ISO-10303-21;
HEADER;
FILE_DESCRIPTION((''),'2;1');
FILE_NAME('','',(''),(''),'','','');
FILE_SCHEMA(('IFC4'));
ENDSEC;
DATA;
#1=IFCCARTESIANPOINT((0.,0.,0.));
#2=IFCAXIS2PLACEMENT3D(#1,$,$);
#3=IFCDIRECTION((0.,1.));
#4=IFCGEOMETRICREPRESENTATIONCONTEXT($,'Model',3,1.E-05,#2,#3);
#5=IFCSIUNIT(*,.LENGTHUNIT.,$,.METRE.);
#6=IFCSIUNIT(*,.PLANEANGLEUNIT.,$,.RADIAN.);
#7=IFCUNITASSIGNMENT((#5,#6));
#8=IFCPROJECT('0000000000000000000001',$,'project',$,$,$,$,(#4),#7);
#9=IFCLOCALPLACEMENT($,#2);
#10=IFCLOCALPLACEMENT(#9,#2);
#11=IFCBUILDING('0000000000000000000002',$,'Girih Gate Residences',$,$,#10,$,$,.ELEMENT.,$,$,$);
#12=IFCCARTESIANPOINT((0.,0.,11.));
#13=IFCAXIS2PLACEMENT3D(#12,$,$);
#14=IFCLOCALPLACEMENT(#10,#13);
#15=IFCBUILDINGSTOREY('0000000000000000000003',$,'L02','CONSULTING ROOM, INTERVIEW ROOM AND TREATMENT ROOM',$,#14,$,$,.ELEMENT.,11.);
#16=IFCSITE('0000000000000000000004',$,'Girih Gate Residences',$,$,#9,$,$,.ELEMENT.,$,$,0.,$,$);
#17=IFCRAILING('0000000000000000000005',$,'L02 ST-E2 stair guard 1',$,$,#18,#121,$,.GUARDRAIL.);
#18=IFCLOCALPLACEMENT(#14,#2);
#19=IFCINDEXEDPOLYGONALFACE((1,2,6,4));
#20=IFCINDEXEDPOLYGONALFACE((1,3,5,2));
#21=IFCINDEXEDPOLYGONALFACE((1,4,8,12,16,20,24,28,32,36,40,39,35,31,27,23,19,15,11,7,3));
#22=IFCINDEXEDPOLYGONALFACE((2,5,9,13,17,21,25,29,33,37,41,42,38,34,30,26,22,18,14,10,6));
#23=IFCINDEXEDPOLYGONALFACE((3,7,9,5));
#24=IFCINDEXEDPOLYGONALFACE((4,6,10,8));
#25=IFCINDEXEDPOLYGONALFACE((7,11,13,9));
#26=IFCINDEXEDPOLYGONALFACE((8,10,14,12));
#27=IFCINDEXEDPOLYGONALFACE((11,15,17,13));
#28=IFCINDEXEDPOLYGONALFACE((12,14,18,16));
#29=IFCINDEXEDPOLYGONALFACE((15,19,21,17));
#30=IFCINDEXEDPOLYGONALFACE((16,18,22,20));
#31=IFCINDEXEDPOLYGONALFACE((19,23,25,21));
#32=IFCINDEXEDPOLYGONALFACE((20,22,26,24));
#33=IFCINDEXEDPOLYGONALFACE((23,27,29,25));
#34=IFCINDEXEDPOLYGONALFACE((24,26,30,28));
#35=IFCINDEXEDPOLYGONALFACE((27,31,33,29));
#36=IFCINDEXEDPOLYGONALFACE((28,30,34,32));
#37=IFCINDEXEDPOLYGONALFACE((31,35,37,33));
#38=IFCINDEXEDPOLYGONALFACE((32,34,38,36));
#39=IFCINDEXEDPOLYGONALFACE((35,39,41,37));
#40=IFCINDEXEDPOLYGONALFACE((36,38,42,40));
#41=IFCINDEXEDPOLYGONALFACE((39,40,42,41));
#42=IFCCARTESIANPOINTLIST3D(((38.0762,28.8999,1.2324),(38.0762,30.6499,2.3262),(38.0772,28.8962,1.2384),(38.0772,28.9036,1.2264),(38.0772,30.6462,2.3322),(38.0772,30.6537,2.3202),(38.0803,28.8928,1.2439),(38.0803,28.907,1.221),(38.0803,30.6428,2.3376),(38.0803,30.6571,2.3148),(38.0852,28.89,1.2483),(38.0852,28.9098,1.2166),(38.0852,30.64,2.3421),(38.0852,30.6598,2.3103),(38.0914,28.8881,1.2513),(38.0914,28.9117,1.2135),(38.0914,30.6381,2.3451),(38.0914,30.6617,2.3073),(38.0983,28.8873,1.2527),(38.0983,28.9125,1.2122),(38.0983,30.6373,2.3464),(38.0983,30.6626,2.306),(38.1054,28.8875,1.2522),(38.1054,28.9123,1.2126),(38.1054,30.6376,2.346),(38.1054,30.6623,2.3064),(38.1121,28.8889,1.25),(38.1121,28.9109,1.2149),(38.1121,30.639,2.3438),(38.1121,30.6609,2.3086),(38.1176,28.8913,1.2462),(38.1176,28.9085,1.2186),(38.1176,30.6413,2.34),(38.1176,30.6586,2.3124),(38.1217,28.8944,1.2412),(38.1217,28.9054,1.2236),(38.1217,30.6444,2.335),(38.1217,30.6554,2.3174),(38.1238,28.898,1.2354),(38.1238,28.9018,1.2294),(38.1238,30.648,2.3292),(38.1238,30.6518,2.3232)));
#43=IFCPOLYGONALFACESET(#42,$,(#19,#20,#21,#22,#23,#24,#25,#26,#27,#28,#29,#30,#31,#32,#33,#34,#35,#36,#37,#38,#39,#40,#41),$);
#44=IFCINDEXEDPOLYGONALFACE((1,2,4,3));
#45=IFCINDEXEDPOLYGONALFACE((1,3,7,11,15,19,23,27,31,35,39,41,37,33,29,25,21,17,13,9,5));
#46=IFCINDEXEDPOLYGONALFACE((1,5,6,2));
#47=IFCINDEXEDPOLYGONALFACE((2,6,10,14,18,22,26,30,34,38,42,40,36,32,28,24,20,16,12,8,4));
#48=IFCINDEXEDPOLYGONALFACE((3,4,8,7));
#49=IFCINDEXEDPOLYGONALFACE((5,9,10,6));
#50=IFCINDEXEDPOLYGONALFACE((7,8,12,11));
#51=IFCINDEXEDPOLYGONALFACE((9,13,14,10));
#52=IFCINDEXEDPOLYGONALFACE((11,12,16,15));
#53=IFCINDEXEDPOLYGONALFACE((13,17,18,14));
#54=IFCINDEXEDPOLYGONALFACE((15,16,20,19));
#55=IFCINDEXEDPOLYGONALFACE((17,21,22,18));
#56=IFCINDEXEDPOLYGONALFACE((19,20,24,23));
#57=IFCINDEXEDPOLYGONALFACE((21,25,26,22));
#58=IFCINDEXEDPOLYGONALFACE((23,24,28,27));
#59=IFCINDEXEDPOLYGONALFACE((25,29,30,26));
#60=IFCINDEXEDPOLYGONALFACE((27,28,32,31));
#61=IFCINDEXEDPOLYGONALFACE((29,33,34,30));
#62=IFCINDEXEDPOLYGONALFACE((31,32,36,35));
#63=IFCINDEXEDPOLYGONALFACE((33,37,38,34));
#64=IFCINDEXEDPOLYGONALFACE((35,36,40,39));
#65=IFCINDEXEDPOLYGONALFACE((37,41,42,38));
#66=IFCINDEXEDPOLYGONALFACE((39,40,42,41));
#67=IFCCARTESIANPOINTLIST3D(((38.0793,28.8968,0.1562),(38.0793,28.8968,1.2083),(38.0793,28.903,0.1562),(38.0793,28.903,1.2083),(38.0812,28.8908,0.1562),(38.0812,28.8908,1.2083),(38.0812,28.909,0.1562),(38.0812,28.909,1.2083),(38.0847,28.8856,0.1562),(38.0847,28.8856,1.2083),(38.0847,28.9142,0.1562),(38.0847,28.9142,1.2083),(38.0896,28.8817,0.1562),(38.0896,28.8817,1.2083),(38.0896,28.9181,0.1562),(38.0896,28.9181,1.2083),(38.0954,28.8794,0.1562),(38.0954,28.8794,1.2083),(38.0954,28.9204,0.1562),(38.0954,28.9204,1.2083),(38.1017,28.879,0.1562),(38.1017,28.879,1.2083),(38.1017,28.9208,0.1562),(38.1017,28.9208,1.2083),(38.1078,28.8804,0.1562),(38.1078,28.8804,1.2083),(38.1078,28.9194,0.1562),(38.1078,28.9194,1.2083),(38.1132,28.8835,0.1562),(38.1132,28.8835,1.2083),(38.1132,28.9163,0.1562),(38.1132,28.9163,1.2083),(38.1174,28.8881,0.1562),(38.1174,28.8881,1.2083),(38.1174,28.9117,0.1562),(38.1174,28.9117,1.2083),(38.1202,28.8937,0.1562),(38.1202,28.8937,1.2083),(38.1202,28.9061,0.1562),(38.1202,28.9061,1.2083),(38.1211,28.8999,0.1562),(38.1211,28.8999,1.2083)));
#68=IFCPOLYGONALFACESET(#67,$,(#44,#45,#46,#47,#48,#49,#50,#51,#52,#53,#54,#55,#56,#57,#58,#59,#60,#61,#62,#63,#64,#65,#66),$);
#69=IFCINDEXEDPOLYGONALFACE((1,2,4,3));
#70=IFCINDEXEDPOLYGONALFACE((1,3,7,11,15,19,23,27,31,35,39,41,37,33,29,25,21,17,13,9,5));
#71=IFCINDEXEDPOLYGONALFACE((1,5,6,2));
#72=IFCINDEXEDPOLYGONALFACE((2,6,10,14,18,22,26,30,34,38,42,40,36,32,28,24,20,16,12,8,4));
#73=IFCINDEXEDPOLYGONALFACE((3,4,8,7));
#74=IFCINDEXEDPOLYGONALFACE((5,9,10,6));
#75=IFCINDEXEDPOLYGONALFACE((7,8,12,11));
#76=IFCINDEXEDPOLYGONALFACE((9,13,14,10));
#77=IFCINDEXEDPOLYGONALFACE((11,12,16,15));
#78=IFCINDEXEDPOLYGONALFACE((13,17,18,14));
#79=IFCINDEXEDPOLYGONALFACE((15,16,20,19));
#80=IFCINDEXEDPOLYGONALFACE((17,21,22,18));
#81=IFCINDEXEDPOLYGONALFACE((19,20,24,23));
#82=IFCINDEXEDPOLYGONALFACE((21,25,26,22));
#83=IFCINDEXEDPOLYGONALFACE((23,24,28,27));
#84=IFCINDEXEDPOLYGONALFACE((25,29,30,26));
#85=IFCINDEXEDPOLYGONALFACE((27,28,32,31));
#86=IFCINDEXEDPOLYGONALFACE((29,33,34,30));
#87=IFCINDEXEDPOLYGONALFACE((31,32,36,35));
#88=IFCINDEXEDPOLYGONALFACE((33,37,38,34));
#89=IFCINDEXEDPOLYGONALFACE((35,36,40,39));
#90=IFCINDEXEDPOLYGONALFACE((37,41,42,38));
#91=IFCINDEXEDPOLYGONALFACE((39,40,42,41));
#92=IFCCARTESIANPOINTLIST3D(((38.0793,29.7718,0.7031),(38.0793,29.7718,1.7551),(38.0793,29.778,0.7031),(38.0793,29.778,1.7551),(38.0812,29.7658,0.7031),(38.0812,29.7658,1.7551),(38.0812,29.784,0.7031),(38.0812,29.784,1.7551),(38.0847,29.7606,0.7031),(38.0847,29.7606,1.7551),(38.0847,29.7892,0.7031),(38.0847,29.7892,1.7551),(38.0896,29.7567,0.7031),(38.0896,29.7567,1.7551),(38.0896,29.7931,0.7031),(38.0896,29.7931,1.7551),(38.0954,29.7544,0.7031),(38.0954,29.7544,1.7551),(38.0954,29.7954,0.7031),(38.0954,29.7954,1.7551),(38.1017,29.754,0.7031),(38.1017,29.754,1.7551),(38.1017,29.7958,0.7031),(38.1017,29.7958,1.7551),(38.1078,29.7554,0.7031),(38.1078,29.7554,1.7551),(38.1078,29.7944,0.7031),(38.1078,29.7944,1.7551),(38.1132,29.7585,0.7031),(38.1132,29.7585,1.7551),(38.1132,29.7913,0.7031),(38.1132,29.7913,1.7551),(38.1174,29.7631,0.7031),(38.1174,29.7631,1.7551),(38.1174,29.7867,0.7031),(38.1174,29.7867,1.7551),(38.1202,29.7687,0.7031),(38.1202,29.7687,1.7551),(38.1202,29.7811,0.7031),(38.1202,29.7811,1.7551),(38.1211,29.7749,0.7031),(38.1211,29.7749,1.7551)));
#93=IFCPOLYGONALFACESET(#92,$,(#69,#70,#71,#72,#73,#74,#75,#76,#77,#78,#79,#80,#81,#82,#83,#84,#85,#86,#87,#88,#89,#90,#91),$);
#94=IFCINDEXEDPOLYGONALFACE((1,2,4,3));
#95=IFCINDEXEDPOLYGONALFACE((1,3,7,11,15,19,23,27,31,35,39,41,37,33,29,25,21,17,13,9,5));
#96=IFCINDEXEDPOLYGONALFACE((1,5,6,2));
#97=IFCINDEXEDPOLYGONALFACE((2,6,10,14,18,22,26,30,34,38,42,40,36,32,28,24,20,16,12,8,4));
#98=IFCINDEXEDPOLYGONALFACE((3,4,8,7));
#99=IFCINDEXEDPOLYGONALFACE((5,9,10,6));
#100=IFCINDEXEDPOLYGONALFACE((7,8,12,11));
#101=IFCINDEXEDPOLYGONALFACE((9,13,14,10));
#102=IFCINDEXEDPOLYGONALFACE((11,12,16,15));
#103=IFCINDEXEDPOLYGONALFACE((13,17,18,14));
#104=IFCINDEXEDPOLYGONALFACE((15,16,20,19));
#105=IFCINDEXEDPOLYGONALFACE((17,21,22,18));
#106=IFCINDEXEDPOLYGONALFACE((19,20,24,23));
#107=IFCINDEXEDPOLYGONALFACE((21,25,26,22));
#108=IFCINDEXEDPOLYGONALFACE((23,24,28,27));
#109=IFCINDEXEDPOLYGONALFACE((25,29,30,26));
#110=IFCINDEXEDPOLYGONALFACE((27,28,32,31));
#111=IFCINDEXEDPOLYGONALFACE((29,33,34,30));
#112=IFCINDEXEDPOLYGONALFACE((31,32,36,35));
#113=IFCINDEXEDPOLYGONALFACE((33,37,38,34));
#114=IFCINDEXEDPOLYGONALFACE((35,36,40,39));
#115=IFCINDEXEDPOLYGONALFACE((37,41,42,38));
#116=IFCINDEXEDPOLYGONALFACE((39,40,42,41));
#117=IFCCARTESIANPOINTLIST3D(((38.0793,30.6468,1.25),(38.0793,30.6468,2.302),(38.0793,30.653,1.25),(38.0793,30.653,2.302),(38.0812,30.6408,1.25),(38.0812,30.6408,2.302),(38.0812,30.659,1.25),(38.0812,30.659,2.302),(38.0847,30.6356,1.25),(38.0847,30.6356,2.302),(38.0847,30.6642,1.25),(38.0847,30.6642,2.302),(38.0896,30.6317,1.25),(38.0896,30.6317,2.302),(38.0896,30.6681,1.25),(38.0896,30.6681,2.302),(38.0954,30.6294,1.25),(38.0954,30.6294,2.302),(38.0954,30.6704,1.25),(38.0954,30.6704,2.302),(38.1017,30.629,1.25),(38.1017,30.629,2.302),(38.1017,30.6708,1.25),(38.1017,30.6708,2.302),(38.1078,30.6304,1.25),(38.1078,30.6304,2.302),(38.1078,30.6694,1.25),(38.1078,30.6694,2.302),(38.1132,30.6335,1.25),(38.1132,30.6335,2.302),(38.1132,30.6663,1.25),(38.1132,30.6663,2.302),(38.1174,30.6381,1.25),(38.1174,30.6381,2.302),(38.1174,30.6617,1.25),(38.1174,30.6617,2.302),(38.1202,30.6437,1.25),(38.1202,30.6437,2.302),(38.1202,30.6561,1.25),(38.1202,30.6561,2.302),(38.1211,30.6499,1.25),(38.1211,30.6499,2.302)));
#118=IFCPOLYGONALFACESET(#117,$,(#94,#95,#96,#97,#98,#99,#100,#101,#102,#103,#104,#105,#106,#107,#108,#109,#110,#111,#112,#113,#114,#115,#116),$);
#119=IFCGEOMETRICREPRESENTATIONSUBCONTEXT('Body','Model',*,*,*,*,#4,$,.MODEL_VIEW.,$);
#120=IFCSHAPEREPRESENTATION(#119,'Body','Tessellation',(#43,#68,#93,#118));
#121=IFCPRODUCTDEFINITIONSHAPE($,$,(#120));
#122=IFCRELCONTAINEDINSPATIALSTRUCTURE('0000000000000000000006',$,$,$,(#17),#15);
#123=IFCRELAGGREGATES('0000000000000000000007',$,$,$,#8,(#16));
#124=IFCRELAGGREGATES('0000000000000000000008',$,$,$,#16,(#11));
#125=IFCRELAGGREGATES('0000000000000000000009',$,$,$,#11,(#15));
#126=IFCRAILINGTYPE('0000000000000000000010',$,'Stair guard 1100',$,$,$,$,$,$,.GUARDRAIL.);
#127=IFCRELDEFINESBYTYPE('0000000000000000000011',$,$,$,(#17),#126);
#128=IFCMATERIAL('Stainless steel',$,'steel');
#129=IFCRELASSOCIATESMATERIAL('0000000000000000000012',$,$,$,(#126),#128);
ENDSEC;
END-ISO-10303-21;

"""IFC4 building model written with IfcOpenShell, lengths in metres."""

from ifc_helpers import new_model, si_unit, direction, frame, origin, origin_2d, place, context, subcontext, project, spatial, circle, extrude, material, type_object, element, save


model = new_model("IFC4")

# Units and contexts
model_context = context("Model", 3, precision=1e-05, world=origin(), true_north=direction((0.0, 1.0)))
body_context = subcontext(model_context, "Body", "Model", "MODEL_VIEW")
ifc_project = project(units=[si_unit("LENGTHUNIT", "METRE"), si_unit("PLANEANGLEUNIT", "RADIAN")], contexts=[model_context])

# Site, building, storey
site_placement = place(None, origin())
site = spatial("IfcSite", under=ifc_project, at=site_placement, Name="Girih Gate Residences", CompositionType="ELEMENT", RefElevation=0.0)
building_placement = place(site_placement, origin())
building = spatial("IfcBuilding", under=site, at=building_placement, Name="Girih Gate Residences", CompositionType="ELEMENT")
storey_placement = place(building_placement, frame((0.0, 0.0, 11.0)))
storey = spatial("IfcBuildingStorey", under=building, at=storey_placement, Name="L02", Description="CONSULTING ROOM, INTERVIEW ROOM AND TREATMENT ROOM", CompositionType="ELEMENT", Elevation=11.0)

# Railing
ifc_material_1 = material(Name="Stainless steel", Category="steel")
railing_type_1 = type_object("IfcRailingType", Name="Stair guard 1100", PredefinedType="GUARDRAIL", material=ifc_material_1)
railing_1_placement = place(storey_placement, frame((38.1001, 28.8999, 0.1562)))
element("IfcRailing", 1, at=railing_1_placement, inside=storey, type_object=railing_type_1, Name="L02 ST-E2 stair guard 1", PredefinedType="GUARDRAIL", context=body_context, shape_type="SweptSolid", body=[
    extrude(circle(Radius=0.0239, at=origin_2d()), frame((0.0, 0.0, 1.0762), z_axis=(0.0, 0.847998, 0.529999), x_axis=(-1.0, 0.0, 0.0)), (0.0, 0.0, 1.0), 2.0637),
    extrude(circle(Radius=0.021, at=origin_2d()), origin(), (0.0, 0.0, 1.0), 1.052),
    extrude(circle(Radius=0.021, at=origin_2d()), frame((0.0, 0.875, 0.5469)), (0.0, 0.0, 1.0), 1.052),
    extrude(circle(Radius=0.021, at=origin_2d()), frame((0.0, 1.75, 1.0938)), (0.0, 0.0, 1.0), 1.052),
])

save(model, "model.ifc")
